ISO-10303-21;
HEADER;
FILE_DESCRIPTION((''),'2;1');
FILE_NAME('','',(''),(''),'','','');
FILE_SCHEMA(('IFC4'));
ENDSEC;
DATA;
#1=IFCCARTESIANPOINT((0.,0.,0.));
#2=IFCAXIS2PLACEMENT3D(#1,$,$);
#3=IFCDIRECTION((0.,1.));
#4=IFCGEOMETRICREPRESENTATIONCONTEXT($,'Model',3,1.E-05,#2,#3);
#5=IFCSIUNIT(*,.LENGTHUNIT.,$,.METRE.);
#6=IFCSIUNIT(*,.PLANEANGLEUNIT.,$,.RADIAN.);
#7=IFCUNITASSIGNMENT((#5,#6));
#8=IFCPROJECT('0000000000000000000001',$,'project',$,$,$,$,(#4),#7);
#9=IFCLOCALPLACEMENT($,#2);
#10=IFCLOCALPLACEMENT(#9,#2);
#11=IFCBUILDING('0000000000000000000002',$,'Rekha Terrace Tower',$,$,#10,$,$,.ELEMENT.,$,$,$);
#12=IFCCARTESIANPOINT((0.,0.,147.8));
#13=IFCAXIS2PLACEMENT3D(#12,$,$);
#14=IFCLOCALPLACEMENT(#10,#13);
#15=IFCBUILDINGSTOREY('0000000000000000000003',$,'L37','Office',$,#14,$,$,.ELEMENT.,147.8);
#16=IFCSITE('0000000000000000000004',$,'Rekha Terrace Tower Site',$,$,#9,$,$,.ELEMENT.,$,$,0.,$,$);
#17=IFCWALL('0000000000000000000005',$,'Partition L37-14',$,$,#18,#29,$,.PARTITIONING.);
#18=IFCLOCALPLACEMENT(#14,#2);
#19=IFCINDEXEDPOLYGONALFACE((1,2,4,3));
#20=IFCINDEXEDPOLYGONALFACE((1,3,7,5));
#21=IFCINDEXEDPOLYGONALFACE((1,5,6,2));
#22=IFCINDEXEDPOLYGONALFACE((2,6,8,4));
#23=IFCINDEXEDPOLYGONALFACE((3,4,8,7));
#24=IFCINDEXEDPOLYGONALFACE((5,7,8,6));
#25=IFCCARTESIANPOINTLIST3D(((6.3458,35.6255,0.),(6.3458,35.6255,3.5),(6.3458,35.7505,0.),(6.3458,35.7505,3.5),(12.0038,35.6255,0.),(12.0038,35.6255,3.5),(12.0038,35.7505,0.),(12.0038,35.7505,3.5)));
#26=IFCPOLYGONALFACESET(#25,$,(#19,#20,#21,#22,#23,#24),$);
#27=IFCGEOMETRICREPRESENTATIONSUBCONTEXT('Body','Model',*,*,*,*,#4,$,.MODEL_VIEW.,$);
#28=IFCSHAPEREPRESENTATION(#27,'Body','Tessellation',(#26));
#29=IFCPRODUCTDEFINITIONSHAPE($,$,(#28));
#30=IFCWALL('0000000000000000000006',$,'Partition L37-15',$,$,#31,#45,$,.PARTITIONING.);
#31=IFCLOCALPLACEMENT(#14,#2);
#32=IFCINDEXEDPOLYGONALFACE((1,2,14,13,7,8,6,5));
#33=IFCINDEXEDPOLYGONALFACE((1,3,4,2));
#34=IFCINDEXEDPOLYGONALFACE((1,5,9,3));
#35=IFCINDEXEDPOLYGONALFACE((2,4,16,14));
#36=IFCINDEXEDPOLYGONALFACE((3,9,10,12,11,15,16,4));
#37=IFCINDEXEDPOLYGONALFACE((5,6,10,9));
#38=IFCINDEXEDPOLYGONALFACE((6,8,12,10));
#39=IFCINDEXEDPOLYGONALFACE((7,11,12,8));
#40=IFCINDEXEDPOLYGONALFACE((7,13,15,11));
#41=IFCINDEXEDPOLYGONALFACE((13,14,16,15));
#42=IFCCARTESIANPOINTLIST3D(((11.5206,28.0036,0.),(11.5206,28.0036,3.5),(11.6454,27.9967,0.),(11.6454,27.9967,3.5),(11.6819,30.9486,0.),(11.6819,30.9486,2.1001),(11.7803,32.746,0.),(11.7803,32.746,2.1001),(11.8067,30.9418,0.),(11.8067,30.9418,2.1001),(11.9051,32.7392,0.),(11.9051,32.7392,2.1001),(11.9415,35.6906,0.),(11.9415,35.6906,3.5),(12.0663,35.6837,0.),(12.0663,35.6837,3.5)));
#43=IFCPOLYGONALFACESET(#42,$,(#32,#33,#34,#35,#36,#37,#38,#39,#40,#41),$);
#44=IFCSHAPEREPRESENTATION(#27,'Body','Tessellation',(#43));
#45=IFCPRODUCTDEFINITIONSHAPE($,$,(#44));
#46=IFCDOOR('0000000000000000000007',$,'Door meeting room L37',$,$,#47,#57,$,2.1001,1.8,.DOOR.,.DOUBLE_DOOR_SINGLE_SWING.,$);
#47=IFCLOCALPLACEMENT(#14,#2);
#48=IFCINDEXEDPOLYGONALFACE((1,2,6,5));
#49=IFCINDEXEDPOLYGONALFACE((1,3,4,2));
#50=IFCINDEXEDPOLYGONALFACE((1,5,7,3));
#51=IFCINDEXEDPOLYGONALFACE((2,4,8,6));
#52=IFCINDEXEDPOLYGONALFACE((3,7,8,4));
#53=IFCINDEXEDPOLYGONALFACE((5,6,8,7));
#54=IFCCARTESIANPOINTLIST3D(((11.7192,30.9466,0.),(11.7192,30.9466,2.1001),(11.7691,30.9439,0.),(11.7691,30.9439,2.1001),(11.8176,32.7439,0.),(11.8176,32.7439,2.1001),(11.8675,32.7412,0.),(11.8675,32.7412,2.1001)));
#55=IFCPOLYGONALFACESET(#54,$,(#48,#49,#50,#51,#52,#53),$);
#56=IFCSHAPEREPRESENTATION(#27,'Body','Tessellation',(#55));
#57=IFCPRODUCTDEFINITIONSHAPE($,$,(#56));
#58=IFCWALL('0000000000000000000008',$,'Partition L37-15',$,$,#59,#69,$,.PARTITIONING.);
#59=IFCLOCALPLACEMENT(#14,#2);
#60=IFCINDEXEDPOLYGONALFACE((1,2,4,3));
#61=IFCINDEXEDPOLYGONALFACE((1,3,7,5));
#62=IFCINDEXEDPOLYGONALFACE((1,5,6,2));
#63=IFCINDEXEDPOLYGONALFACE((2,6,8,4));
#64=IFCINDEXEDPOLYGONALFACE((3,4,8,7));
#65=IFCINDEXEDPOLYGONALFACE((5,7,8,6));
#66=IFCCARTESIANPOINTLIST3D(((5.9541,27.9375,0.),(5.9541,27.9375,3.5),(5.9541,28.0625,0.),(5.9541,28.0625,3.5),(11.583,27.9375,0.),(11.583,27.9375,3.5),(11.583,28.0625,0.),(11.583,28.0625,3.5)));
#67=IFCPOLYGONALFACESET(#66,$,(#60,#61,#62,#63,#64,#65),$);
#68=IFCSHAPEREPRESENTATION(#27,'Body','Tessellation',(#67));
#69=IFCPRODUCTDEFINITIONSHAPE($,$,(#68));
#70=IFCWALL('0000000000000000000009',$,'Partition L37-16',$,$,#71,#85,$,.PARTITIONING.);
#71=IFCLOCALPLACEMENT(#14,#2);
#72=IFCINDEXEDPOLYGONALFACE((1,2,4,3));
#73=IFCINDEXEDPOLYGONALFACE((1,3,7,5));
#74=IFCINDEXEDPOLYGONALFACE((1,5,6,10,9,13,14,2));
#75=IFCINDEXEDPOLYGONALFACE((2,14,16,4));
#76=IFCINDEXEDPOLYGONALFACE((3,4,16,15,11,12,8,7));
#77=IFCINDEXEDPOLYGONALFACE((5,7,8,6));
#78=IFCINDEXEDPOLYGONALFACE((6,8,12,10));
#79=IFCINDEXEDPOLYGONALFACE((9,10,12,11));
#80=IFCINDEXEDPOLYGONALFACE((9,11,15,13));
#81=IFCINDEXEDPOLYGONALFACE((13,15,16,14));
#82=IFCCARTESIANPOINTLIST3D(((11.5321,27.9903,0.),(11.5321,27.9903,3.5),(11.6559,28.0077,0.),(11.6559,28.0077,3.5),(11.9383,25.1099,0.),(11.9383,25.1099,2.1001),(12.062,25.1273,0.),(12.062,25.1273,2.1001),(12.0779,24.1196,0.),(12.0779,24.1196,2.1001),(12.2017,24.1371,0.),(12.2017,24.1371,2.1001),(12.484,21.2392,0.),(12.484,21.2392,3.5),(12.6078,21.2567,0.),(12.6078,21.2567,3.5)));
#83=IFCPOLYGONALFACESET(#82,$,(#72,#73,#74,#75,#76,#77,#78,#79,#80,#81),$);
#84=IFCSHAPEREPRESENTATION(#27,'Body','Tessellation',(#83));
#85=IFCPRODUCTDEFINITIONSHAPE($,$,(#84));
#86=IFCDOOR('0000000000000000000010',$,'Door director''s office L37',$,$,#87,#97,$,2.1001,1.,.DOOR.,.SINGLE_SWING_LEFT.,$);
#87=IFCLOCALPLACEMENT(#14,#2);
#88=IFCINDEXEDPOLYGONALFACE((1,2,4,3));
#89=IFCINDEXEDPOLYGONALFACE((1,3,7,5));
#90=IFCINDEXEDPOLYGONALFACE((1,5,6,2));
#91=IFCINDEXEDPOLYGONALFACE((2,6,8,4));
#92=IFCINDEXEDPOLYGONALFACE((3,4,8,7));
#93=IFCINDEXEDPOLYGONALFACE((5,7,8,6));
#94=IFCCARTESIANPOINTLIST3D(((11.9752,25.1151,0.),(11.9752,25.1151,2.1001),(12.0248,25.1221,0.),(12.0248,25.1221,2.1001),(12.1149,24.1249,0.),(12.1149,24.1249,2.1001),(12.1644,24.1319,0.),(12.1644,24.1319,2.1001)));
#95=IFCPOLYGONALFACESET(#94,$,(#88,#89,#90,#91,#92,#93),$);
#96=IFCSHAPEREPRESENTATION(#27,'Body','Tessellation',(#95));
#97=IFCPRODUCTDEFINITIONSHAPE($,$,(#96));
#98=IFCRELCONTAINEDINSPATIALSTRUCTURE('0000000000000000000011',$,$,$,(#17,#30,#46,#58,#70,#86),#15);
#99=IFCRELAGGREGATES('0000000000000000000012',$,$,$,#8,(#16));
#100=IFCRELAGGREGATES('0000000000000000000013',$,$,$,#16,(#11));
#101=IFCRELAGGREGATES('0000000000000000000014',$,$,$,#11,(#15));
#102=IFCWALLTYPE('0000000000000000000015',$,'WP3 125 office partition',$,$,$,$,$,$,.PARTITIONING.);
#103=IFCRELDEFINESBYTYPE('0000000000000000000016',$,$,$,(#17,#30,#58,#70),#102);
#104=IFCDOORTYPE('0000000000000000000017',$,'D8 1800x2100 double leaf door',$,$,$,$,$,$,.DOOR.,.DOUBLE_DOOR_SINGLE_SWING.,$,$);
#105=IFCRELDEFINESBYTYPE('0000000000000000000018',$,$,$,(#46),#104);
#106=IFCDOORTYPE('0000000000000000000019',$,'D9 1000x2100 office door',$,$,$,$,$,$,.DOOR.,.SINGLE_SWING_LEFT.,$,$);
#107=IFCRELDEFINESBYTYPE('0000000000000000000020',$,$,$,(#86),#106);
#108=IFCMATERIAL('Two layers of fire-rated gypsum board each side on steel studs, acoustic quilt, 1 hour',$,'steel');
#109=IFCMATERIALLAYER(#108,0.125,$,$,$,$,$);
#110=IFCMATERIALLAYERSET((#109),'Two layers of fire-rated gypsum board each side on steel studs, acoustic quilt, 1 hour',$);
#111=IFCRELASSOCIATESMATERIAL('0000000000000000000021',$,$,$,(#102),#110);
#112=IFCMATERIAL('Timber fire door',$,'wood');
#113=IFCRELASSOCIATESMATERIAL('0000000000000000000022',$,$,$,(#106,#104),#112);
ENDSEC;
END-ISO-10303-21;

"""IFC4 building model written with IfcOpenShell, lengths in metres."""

from ifc_helpers import new_model, si_unit, direction, frame, frame_2d, origin, place, context, subcontext, project, spatial, rectangle, extrude, material, layer, layer_set, type_object, element, fill, save


model = new_model("IFC4")

# Units and contexts
model_context = context("Model", 3, precision=1e-05, world=origin(), true_north=direction((0.0, 1.0)))
body_context = subcontext(model_context, "Body", "Model", "MODEL_VIEW")
ifc_project = project(units=[si_unit("LENGTHUNIT", "METRE"), si_unit("PLANEANGLEUNIT", "RADIAN")], contexts=[model_context])

# Site, building, storey
site_placement = place(None, origin())
site = spatial("IfcSite", under=ifc_project, at=site_placement, Name="Rekha Terrace Tower Site", CompositionType="ELEMENT", RefElevation=0.0)
building_placement = place(site_placement, origin())
building = spatial("IfcBuilding", under=site, at=building_placement, Name="Rekha Terrace Tower", CompositionType="ELEMENT")
storey_placement = place(building_placement, frame((0.0, 0.0, 147.8)))
storey = spatial("IfcBuildingStorey", under=building, at=storey_placement, Name="L37", Description="Office", CompositionType="ELEMENT", Elevation=147.8)

# Shared definitions
ifc_material_1 = material(Name="Two layers of fire-rated gypsum board each side on steel studs, acoustic quilt, 1 hour", Category="steel")
ifc_layer_1 = layer(ifc_material_1, 0.125)
ifc_layer_set_1 = layer_set([ifc_layer_1], Name="Two layers of fire-rated gypsum board each side on steel studs, acoustic quilt, 1 hour")
wall_type = type_object("IfcWallType", Name="WP3 125 office partition", PredefinedType="PARTITIONING", material=ifc_layer_set_1)

# Shared definitions
ifc_material_2 = material(Name="Timber fire door", Category="wood")
door_type_1 = type_object("IfcDoorType", Name="D9 1000x2100 office door", OperationType="SINGLE_SWING_LEFT", PredefinedType="DOOR", material=ifc_material_2)

# Wall
wall_1_placement = place(storey_placement, frame((12.0039, 35.688, 0.0), z_axis=(0.0, 0.0, 1.0), x_axis=(-1.0, 0.0, 0.0)))
element("IfcWall", 1, at=wall_1_placement, inside=storey, type_object=wall_type, Name="Partition L37-14", PredefinedType="PARTITIONING", context=body_context, shape_type="SweptSolid", body=[
    extrude(rectangle(XDim=5.658, YDim=0.125, at=frame_2d((2.8291, 0.0))), origin(), (0.0, 0.0, 1.0), 3.5),
])

# Wall, opening, door
wall_2_placement = place(storey_placement, frame((12.0039, 35.687, 0.0), z_axis=(0.0, 0.0, 1.0), x_axis=(-0.054673, -0.998504, 0.0)))
wall_2 = element("IfcWall", 2, at=wall_2_placement, inside=storey, type_object=wall_type, Name="Partition L37-15", PredefinedType="PARTITIONING", context=body_context, shape_type="SweptSolid", body=[
    extrude(rectangle(XDim=7.6985, YDim=0.125, at=frame_2d((3.8491, 0.0))), origin(), (0.0, 0.0, 1.0), 3.5),
])
opening_1_placement = place(wall_2_placement, frame((2.949, 0.0, 0.0)))
opening_1 = element("IfcOpeningElement", 3, at=opening_1_placement, cuts=wall_2, PredefinedType="OPENING", context=body_context, shape_type="SweptSolid", body=[
    extrude(rectangle(XDim=1.8, YDim=2.1001, at=frame_2d((0.8999, 1.05))), frame((0.0, 0.0725, 0.0), z_axis=(0.0, -1.0, 0.0), x_axis=(1.0, 0.0, 0.0)), (0.0, 0.0, 1.0), 0.145),
])
door_type_2 = type_object("IfcDoorType", Name="D8 1800x2100 double leaf door", OperationType="DOUBLE_DOOR_SINGLE_SWING", PredefinedType="DOOR", material=ifc_material_2)
door_1_placement = place(opening_1_placement, origin())
door_1 = element("IfcDoor", 4, at=door_1_placement, inside=storey, type_object=door_type_2, Name="Door meeting room L37", OperationType="DOUBLE_DOOR_SINGLE_SWING", OverallHeight=2.1001, OverallWidth=1.8, PredefinedType="DOOR", context=body_context, shape_type="SweptSolid", body=[
    extrude(rectangle(XDim=1.8, YDim=2.1001, at=frame_2d((0.8999, 1.05))), frame((0.0, 0.0249, 0.0), z_axis=(0.0, -1.0, 0.0), x_axis=(1.0, 0.0, 0.0)), (0.0, 0.0, 1.0), 0.05),
])
fill(opening_1, door_1)

# Wall
wall_3_placement = place(storey_placement, frame((11.583, 28.0, 0.0), z_axis=(0.0, 0.0, 1.0), x_axis=(-1.0, 0.0, 0.0)))
element("IfcWall", 5, at=wall_3_placement, inside=storey, type_object=wall_type, Name="Partition L37-15", PredefinedType="PARTITIONING", context=body_context, shape_type="SweptSolid", body=[
    extrude(rectangle(XDim=5.6289, YDim=0.125, at=frame_2d((2.8145, 0.0))), origin(), (0.0, 0.0, 1.0), 3.5),
])

# Wall, opening, door
wall_4_placement = place(storey_placement, frame((11.594, 27.999, 0.0), z_axis=(0.0, 0.0, 1.0), x_axis=(0.139621, -0.990205, 0.0)))
wall_4 = element("IfcWall", 6, at=wall_4_placement, inside=storey, type_object=wall_type, Name="Partition L37-16", PredefinedType="PARTITIONING", context=body_context, shape_type="SweptSolid", body=[
    extrude(rectangle(XDim=6.8179, YDim=0.125, at=frame_2d((3.4089, 0.0))), origin(), (0.0, 0.0, 1.0), 3.5),
])
opening_2_placement = place(wall_4_placement, frame((2.9089, 0.0, 0.0)))
opening_2 = element("IfcOpeningElement", 7, at=opening_2_placement, cuts=wall_4, PredefinedType="OPENING", context=body_context, shape_type="SweptSolid", body=[
    extrude(rectangle(XDim=1.0, YDim=2.1001, at=frame_2d((0.5, 1.05))), frame((0.0, 0.0725, 0.0), z_axis=(0.0, -1.0, 0.0), x_axis=(1.0, 0.0, 0.0)), (0.0, 0.0, 1.0), 0.145),
])
door_2_placement = place(opening_2_placement, origin())
door_2 = element("IfcDoor", 8, at=door_2_placement, inside=storey, type_object=door_type_1, Name="Door director's office L37", OperationType="SINGLE_SWING_LEFT", OverallHeight=2.1001, OverallWidth=1.0, PredefinedType="DOOR", context=body_context, shape_type="SweptSolid", body=[
    extrude(rectangle(XDim=1.0, YDim=2.1001, at=frame_2d((0.5, 1.05))), frame((0.0, 0.0249, 0.0), z_axis=(0.0, -1.0, 0.0), x_axis=(1.0, 0.0, 0.0)), (0.0, 0.0, 1.0), 0.05),
])
fill(opening_2, door_2)

save(model, "model.ifc")
